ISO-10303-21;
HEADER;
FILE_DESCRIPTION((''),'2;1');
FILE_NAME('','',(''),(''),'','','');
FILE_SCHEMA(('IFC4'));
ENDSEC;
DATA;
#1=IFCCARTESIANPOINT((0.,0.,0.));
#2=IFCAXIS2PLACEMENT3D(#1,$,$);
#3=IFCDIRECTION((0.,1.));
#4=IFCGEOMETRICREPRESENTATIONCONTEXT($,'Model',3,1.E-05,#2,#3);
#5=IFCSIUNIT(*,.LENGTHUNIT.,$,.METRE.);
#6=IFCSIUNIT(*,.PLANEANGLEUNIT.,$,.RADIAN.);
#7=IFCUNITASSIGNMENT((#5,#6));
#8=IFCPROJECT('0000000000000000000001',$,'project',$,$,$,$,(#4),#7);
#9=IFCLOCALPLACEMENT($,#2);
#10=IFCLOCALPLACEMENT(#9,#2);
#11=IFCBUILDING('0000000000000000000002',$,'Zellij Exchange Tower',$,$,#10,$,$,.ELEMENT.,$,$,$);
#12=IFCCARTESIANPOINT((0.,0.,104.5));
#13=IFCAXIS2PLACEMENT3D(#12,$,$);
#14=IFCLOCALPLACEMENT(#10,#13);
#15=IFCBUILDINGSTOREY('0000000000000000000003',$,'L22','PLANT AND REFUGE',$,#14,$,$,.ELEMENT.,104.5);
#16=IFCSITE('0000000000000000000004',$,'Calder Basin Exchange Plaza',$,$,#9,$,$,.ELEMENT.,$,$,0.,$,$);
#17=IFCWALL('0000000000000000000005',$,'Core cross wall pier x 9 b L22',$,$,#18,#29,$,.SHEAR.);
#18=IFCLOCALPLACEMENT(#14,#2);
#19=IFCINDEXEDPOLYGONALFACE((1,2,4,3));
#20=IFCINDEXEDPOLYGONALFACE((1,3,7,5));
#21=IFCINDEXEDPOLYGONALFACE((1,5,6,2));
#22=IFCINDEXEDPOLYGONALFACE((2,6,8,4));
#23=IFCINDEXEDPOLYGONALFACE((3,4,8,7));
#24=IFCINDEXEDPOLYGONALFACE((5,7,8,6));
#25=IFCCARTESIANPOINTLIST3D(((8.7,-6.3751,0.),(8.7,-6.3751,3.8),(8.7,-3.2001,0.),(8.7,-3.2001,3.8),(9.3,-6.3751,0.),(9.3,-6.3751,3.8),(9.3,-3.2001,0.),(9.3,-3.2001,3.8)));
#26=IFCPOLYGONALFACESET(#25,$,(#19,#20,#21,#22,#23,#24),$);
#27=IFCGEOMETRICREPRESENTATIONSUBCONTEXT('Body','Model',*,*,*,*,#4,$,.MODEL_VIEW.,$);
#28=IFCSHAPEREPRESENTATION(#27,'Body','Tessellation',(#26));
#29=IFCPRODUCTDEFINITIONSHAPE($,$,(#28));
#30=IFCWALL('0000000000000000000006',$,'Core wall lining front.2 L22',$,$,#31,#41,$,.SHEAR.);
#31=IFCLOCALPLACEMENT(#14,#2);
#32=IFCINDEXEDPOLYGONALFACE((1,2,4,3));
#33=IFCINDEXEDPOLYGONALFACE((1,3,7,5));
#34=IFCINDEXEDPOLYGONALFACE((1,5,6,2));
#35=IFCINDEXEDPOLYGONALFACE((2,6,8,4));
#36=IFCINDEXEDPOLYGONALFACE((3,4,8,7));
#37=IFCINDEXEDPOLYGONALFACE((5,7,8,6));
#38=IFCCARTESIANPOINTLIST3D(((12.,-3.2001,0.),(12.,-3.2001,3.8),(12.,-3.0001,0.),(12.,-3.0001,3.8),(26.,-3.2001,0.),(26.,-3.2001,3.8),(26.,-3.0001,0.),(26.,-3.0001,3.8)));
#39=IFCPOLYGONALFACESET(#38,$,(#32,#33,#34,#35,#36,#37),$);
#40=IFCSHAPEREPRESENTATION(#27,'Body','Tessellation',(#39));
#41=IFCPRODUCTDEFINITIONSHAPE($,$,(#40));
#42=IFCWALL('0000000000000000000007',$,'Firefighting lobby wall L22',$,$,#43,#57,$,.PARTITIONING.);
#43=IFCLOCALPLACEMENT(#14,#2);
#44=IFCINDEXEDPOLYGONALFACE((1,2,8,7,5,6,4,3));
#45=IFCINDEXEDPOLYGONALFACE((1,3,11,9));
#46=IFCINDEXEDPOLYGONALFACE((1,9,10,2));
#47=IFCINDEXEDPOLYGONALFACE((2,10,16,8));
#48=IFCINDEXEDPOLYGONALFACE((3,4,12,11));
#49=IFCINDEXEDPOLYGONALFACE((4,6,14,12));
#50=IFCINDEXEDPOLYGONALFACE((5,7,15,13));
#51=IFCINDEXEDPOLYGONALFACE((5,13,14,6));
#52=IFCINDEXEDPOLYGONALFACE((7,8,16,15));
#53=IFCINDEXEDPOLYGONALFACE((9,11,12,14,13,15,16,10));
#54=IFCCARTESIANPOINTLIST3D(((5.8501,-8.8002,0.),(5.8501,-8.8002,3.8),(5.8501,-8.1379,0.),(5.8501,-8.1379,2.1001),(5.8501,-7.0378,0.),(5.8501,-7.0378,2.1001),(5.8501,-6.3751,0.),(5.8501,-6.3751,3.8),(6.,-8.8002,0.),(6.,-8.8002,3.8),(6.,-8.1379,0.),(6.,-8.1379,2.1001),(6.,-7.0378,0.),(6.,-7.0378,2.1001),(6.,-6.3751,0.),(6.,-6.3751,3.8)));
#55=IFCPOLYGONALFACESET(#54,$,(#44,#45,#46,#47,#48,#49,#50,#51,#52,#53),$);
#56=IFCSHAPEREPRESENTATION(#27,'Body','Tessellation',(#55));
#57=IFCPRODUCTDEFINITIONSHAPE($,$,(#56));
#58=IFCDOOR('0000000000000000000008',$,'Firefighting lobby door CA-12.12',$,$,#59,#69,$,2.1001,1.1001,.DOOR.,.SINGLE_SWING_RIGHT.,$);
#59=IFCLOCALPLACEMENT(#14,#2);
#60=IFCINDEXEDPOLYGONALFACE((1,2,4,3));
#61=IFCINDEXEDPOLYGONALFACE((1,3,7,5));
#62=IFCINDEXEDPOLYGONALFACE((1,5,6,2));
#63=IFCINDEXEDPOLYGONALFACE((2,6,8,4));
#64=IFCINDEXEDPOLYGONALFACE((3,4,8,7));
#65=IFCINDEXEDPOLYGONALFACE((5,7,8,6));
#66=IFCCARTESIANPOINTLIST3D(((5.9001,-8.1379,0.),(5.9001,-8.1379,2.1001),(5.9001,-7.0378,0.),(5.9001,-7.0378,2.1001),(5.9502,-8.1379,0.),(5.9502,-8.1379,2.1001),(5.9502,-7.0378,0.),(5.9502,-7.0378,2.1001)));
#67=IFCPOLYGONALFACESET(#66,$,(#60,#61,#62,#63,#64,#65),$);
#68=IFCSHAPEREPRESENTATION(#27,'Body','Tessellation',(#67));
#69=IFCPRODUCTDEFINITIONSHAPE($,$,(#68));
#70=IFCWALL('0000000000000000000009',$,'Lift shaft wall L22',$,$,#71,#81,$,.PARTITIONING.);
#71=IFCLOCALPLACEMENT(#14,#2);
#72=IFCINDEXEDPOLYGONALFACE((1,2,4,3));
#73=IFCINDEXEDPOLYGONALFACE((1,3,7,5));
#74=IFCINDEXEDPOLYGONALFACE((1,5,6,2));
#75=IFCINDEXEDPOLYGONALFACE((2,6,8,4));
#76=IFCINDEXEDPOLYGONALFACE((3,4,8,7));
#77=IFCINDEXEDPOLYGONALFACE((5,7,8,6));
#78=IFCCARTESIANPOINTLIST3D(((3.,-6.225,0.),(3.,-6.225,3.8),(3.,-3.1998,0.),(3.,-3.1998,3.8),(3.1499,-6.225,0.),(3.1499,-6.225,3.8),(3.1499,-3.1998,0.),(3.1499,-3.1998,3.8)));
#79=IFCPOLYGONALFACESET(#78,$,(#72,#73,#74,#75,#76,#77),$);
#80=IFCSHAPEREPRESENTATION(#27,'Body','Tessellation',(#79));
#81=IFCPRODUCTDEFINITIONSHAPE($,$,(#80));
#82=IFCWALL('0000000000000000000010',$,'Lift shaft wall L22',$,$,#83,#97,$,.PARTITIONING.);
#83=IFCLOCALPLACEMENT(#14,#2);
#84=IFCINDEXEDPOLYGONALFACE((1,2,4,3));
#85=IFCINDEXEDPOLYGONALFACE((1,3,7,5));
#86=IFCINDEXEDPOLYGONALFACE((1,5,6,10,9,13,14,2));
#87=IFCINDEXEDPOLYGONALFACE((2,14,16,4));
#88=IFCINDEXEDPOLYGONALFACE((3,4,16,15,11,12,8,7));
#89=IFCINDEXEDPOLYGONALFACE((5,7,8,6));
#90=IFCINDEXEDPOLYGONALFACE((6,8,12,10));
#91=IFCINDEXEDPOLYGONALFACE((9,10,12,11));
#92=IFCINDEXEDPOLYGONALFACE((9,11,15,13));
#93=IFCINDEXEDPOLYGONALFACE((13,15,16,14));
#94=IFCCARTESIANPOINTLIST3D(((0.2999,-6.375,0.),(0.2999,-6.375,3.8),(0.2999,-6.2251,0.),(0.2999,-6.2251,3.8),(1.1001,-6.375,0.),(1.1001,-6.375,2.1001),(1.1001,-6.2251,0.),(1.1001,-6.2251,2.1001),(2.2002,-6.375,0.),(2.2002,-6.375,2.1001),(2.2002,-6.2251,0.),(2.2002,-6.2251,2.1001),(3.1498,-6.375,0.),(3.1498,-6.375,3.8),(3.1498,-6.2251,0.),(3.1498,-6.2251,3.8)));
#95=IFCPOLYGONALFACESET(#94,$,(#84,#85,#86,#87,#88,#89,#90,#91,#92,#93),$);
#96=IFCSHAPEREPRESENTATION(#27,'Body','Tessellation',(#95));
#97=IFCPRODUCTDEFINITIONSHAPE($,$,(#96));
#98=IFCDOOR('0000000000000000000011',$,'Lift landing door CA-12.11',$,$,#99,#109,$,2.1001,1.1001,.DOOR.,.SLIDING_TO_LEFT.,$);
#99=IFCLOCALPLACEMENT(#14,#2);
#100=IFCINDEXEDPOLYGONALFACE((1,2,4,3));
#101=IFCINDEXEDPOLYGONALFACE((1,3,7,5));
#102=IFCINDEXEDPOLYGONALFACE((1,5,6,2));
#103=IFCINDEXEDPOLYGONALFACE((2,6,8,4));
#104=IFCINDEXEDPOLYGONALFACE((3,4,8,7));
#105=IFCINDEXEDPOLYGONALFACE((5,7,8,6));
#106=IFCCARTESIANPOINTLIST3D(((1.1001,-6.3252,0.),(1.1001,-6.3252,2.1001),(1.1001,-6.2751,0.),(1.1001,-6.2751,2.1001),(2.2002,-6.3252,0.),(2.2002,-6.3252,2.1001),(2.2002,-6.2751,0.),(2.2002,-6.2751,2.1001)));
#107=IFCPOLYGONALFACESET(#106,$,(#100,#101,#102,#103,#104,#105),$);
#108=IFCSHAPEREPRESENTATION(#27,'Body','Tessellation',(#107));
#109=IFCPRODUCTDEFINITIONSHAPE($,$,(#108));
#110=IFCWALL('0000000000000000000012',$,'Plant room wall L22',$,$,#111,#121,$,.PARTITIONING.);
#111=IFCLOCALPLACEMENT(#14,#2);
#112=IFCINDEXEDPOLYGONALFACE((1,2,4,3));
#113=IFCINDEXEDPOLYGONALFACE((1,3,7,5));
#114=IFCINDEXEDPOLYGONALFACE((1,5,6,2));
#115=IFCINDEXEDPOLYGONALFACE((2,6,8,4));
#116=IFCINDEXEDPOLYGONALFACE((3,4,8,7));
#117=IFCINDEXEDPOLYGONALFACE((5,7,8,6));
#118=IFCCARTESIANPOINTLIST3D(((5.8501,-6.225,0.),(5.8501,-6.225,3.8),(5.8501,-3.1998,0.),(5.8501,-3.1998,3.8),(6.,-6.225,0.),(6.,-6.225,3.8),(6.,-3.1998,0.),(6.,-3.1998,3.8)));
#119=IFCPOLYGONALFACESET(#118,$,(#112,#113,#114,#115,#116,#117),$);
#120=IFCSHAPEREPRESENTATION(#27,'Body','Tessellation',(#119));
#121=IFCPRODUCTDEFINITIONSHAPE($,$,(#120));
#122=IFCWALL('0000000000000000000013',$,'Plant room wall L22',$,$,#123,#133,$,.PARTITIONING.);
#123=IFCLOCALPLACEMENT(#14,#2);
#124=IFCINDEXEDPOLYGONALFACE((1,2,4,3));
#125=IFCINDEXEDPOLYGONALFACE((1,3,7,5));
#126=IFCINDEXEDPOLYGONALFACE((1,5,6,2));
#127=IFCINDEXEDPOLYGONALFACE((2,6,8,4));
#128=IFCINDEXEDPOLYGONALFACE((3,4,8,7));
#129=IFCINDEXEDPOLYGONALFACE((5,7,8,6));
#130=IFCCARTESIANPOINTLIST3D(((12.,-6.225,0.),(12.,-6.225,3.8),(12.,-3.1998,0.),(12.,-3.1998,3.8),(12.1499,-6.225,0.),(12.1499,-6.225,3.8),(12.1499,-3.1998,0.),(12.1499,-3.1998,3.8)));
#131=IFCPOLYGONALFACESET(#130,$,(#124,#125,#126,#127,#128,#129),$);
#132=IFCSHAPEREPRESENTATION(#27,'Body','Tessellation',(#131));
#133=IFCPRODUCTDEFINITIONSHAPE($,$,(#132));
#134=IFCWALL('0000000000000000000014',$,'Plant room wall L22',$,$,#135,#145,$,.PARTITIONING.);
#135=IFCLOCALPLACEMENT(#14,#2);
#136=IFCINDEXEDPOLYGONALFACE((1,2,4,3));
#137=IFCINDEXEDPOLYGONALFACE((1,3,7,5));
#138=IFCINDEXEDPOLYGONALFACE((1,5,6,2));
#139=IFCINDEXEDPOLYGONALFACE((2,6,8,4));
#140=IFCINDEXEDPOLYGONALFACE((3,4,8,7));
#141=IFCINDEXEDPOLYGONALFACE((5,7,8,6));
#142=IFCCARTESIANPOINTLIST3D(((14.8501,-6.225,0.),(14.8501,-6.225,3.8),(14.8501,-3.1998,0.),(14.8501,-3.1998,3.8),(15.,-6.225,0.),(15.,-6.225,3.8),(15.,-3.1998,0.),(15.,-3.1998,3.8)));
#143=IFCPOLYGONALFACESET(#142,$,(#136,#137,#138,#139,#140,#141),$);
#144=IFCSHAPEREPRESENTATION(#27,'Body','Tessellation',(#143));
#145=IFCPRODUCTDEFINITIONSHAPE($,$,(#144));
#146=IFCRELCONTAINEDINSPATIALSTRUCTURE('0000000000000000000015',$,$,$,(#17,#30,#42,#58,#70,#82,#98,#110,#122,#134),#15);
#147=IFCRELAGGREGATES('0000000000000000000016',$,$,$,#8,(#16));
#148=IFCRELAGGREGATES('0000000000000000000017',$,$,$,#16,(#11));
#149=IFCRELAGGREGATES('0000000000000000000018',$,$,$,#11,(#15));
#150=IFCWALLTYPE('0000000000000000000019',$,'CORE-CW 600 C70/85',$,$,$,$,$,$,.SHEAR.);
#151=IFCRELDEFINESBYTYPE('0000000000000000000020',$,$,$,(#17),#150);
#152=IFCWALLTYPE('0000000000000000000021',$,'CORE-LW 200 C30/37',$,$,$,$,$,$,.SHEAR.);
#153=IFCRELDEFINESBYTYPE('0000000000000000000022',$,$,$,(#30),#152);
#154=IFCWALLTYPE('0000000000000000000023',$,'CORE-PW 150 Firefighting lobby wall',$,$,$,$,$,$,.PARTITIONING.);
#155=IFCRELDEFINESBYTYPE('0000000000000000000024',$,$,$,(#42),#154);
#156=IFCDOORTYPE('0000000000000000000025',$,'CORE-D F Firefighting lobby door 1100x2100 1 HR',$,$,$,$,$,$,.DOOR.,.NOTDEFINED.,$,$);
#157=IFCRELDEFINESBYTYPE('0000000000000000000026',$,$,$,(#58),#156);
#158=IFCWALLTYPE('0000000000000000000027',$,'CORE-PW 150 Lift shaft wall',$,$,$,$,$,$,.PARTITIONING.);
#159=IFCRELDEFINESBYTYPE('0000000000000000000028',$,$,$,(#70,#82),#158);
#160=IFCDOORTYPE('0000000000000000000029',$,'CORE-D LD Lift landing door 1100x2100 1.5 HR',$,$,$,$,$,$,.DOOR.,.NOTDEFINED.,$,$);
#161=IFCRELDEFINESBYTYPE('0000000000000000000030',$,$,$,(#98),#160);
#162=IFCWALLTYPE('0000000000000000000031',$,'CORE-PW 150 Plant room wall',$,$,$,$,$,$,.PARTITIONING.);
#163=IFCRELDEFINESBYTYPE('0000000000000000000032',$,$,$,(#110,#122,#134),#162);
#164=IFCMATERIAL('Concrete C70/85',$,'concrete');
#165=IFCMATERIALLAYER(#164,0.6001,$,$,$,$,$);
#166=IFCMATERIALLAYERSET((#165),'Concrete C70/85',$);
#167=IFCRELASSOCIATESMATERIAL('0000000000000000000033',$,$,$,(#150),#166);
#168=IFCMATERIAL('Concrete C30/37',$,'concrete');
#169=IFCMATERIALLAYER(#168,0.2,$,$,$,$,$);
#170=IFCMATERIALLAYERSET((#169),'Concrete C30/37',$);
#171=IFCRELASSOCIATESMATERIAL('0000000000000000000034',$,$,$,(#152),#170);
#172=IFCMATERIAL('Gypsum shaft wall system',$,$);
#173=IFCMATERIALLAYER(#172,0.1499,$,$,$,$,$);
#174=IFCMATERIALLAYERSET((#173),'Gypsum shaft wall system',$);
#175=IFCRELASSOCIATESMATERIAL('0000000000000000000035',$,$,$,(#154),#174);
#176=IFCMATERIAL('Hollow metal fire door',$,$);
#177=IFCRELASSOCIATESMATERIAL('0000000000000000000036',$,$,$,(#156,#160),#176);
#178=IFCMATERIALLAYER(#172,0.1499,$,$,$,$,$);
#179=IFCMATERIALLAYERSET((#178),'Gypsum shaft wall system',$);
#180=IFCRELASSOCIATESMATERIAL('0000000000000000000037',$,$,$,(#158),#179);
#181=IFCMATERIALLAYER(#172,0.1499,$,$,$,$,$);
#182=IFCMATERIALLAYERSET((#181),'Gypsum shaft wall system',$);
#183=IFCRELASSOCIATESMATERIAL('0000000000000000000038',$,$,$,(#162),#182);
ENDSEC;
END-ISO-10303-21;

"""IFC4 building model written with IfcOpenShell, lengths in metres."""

from ifc_helpers import new_model, si_unit, direction, frame, frame_2d, origin, place, context, subcontext, project, spatial, rectangle, extrude, material, layer, layer_set, type_object, element, fill, save


model = new_model("IFC4")

# Units and contexts
model_context = context("Model", 3, precision=1e-05, world=origin(), true_north=direction((0.0, 1.0)))
body_context = subcontext(model_context, "Body", "Model", "MODEL_VIEW")
ifc_project = project(units=[si_unit("LENGTHUNIT", "METRE"), si_unit("PLANEANGLEUNIT", "RADIAN")], contexts=[model_context])

# Site, building, storey
site_placement = place(None, origin())
site = spatial("IfcSite", under=ifc_project, at=site_placement, Name="Calder Basin Exchange Plaza", CompositionType="ELEMENT", RefElevation=0.0)
building_placement = place(site_placement, origin())
building = spatial("IfcBuilding", under=site, at=building_placement, Name="Zellij Exchange Tower", CompositionType="ELEMENT")
storey_placement = place(building_placement, frame((0.0, 0.0, 104.5)))
storey = spatial("IfcBuildingStorey", under=building, at=storey_placement, Name="L22", Description="PLANT AND REFUGE", CompositionType="ELEMENT", Elevation=104.5)

# Shared definitions
ifc_material_1 = material(Name="Concrete C70/85", Category="concrete")

# Walls
ifc_layer_1 = layer(ifc_material_1, 0.6001)
ifc_layer_set_1 = layer_set([ifc_layer_1], Name="Concrete C70/85")
wall_type_1 = type_object("IfcWallType", Name="CORE-CW 600 C70/85", PredefinedType="SHEAR", material=ifc_layer_set_1)
wall_1_placement = place(storey_placement, frame((9.0, -6.375, 0.0), z_axis=(0.0, 0.0, 1.0), x_axis=(0.0, 1.0, 0.0)))
element("IfcWall", 1, at=wall_1_placement, inside=storey, type_object=wall_type_1, Name="Core cross wall pier x 9 b L22", PredefinedType="SHEAR", context=body_context, shape_type="SweptSolid", body=[
    extrude(rectangle(XDim=3.175, YDim=0.6001, at=frame_2d((1.5874, 0.0))), origin(), (0.0, 0.0, 1.0), 3.8),
])
ifc_material_2 = material(Name="Concrete C30/37", Category="concrete")
ifc_layer_2 = layer(ifc_material_2, 0.2)
ifc_layer_set_2 = layer_set([ifc_layer_2], Name="Concrete C30/37")
wall_type_2 = type_object("IfcWallType", Name="CORE-LW 200 C30/37", PredefinedType="SHEAR", material=ifc_layer_set_2)
wall_2_placement = place(storey_placement, frame((12.0, -3.1001, 0.0), z_axis=(0.0, 0.0, 1.0), x_axis=(1.0, 0.0, 0.0)))
element("IfcWall", 2, at=wall_2_placement, inside=storey, type_object=wall_type_2, Name="Core wall lining front.2 L22", PredefinedType="SHEAR", context=body_context, shape_type="SweptSolid", body=[
    extrude(rectangle(XDim=14.0, YDim=0.2, at=frame_2d((7.0, 0.0))), origin(), (0.0, 0.0, 1.0), 3.8),
])

# Wall, opening, door
ifc_material_3 = material(Name="Gypsum shaft wall system")
ifc_layer_3 = layer(ifc_material_3, 0.1499)
ifc_layer_set_3 = layer_set([ifc_layer_3], Name="Gypsum shaft wall system")
wall_type_3 = type_object("IfcWallType", Name="CORE-PW 150 Firefighting lobby wall", PredefinedType="PARTITIONING", material=ifc_layer_set_3)
wall_3_placement = place(storey_placement, frame((5.925, -8.8, 0.0), z_axis=(0.0, 0.0, 1.0), x_axis=(0.0, 1.0, 0.0)))
wall_3 = element("IfcWall", 3, at=wall_3_placement, inside=storey, type_object=wall_type_3, Name="Firefighting lobby wall L22", PredefinedType="PARTITIONING", context=body_context, shape_type="SweptSolid", body=[
    extrude(rectangle(XDim=2.425, YDim=0.1499, at=frame_2d((1.2124, 0.0))), origin(), (0.0, 0.0, 1.0), 3.8),
])
opening_1_placement = place(wall_3_placement, frame((0.6621, 0.0, 0.0)))
opening_1 = element("IfcOpeningElement", 4, at=opening_1_placement, cuts=wall_3, PredefinedType="OPENING", context=body_context, shape_type="SweptSolid", body=[
    extrude(rectangle(XDim=1.1001, YDim=2.1001, at=frame_2d((0.55, 1.05))), frame((0.0, 0.0869, 0.0), z_axis=(0.0, -1.0, 0.0), x_axis=(1.0, 0.0, 0.0)), (0.0, 0.0, 1.0), 0.1738),
])
ifc_material_4 = material(Name="Hollow metal fire door")
door_type_1 = type_object("IfcDoorType", Name="CORE-D F Firefighting lobby door 1100x2100 1 HR", OperationType="NOTDEFINED", PredefinedType="DOOR", material=ifc_material_4)
door_1_placement = place(opening_1_placement, origin())
door_1 = element("IfcDoor", 5, at=door_1_placement, inside=storey, type_object=door_type_1, Name="Firefighting lobby door CA-12.12", OperationType="SINGLE_SWING_RIGHT", OverallHeight=2.1001, OverallWidth=1.1001, PredefinedType="DOOR", context=body_context, shape_type="SweptSolid", body=[
    extrude(rectangle(XDim=1.1001, YDim=2.1001, at=frame_2d((0.55, 1.05))), frame((0.0, 0.0249, 0.0), z_axis=(0.0, -1.0, 0.0), x_axis=(1.0, 0.0, 0.0)), (0.0, 0.0, 1.0), 0.05),
])
fill(opening_1, door_1)

# Wall
ifc_layer_4 = layer(ifc_material_3, 0.1499)
ifc_layer_set_4 = layer_set([ifc_layer_4], Name="Gypsum shaft wall system")
wall_type_4 = type_object("IfcWallType", Name="CORE-PW 150 Lift shaft wall", PredefinedType="PARTITIONING", material=ifc_layer_set_4)
wall_4_placement = place(storey_placement, frame((3.075, -6.2251, 0.0), z_axis=(0.0, 0.0, 1.0), x_axis=(0.0, 1.0, 0.0)))
element("IfcWall", 6, at=wall_4_placement, inside=storey, type_object=wall_type_4, Name="Lift shaft wall L22", PredefinedType="PARTITIONING", context=body_context, shape_type="SweptSolid", body=[
    extrude(rectangle(XDim=3.0251, YDim=0.1499, at=frame_2d((1.5127, 0.0))), origin(), (0.0, 0.0, 1.0), 3.8),
])

# Wall, opening, door
wall_5_placement = place(storey_placement, frame((0.3, -6.3, 0.0), z_axis=(0.0, 0.0, 1.0), x_axis=(1.0, 0.0, 0.0)))
wall_5 = element("IfcWall", 7, at=wall_5_placement, inside=storey, type_object=wall_type_4, Name="Lift shaft wall L22", PredefinedType="PARTITIONING", context=body_context, shape_type="SweptSolid", body=[
    extrude(rectangle(XDim=2.8499, YDim=0.1499, at=frame_2d((1.4248, 0.0))), origin(), (0.0, 0.0, 1.0), 3.8),
])
opening_2_placement = place(wall_5_placement, frame((0.8, 0.0, 0.0)))
opening_2 = element("IfcOpeningElement", 8, at=opening_2_placement, cuts=wall_5, PredefinedType="OPENING", context=body_context, shape_type="SweptSolid", body=[
    extrude(rectangle(XDim=1.1001, YDim=2.1001, at=frame_2d((0.55, 1.05))), frame((0.0, 0.0869, 0.0), z_axis=(0.0, -1.0, 0.0), x_axis=(1.0, 0.0, 0.0)), (0.0, 0.0, 1.0), 0.1738),
])
door_type_2 = type_object("IfcDoorType", Name="CORE-D LD Lift landing door 1100x2100 1.5 HR", OperationType="NOTDEFINED", PredefinedType="DOOR", material=ifc_material_4)
door_2_placement = place(opening_2_placement, origin())
door_2 = element("IfcDoor", 9, at=door_2_placement, inside=storey, type_object=door_type_2, Name="Lift landing door CA-12.11", OperationType="SLIDING_TO_LEFT", OverallHeight=2.1001, OverallWidth=1.1001, PredefinedType="DOOR", context=body_context, shape_type="SweptSolid", body=[
    extrude(rectangle(XDim=1.1001, YDim=2.1001, at=frame_2d((0.55, 1.05))), frame((0.0, 0.0249, 0.0), z_axis=(0.0, -1.0, 0.0), x_axis=(1.0, 0.0, 0.0)), (0.0, 0.0, 1.0), 0.05),
])
fill(opening_2, door_2)

# Walls
ifc_layer_5 = layer(ifc_material_3, 0.1499)
ifc_layer_set_5 = layer_set([ifc_layer_5], Name="Gypsum shaft wall system")
wall_type_5 = type_object("IfcWallType", Name="CORE-PW 150 Plant room wall", PredefinedType="PARTITIONING", material=ifc_layer_set_5)
for number, where, z_axis, x_axis, name in (
    (10, (5.925, -6.2251, 0.0), (0.0, 0.0, 1.0), (0.0, 1.0, 0.0), "Plant room wall L22"),
    (11, (12.075, -6.2251, 0.0), (0.0, 0.0, 1.0), (0.0, 1.0, 0.0), "Plant room wall L22"),
    (12, (14.925, -6.2251, 0.0), (0.0, 0.0, 1.0), (0.0, 1.0, 0.0), "Plant room wall L22"),
):
    element("IfcWall", number, at=place(storey_placement, frame(where, z_axis=z_axis, x_axis=x_axis)), inside=storey, type_object=wall_type_5, Name=name, PredefinedType="PARTITIONING", context=body_context, shape_type="SweptSolid", body=[
        extrude(rectangle(XDim=3.0251, YDim=0.1499, at=frame_2d((1.5127, 0.0))), origin(), (0.0, 0.0, 1.0), 3.8),
    ])

save(model, "model.ifc")
